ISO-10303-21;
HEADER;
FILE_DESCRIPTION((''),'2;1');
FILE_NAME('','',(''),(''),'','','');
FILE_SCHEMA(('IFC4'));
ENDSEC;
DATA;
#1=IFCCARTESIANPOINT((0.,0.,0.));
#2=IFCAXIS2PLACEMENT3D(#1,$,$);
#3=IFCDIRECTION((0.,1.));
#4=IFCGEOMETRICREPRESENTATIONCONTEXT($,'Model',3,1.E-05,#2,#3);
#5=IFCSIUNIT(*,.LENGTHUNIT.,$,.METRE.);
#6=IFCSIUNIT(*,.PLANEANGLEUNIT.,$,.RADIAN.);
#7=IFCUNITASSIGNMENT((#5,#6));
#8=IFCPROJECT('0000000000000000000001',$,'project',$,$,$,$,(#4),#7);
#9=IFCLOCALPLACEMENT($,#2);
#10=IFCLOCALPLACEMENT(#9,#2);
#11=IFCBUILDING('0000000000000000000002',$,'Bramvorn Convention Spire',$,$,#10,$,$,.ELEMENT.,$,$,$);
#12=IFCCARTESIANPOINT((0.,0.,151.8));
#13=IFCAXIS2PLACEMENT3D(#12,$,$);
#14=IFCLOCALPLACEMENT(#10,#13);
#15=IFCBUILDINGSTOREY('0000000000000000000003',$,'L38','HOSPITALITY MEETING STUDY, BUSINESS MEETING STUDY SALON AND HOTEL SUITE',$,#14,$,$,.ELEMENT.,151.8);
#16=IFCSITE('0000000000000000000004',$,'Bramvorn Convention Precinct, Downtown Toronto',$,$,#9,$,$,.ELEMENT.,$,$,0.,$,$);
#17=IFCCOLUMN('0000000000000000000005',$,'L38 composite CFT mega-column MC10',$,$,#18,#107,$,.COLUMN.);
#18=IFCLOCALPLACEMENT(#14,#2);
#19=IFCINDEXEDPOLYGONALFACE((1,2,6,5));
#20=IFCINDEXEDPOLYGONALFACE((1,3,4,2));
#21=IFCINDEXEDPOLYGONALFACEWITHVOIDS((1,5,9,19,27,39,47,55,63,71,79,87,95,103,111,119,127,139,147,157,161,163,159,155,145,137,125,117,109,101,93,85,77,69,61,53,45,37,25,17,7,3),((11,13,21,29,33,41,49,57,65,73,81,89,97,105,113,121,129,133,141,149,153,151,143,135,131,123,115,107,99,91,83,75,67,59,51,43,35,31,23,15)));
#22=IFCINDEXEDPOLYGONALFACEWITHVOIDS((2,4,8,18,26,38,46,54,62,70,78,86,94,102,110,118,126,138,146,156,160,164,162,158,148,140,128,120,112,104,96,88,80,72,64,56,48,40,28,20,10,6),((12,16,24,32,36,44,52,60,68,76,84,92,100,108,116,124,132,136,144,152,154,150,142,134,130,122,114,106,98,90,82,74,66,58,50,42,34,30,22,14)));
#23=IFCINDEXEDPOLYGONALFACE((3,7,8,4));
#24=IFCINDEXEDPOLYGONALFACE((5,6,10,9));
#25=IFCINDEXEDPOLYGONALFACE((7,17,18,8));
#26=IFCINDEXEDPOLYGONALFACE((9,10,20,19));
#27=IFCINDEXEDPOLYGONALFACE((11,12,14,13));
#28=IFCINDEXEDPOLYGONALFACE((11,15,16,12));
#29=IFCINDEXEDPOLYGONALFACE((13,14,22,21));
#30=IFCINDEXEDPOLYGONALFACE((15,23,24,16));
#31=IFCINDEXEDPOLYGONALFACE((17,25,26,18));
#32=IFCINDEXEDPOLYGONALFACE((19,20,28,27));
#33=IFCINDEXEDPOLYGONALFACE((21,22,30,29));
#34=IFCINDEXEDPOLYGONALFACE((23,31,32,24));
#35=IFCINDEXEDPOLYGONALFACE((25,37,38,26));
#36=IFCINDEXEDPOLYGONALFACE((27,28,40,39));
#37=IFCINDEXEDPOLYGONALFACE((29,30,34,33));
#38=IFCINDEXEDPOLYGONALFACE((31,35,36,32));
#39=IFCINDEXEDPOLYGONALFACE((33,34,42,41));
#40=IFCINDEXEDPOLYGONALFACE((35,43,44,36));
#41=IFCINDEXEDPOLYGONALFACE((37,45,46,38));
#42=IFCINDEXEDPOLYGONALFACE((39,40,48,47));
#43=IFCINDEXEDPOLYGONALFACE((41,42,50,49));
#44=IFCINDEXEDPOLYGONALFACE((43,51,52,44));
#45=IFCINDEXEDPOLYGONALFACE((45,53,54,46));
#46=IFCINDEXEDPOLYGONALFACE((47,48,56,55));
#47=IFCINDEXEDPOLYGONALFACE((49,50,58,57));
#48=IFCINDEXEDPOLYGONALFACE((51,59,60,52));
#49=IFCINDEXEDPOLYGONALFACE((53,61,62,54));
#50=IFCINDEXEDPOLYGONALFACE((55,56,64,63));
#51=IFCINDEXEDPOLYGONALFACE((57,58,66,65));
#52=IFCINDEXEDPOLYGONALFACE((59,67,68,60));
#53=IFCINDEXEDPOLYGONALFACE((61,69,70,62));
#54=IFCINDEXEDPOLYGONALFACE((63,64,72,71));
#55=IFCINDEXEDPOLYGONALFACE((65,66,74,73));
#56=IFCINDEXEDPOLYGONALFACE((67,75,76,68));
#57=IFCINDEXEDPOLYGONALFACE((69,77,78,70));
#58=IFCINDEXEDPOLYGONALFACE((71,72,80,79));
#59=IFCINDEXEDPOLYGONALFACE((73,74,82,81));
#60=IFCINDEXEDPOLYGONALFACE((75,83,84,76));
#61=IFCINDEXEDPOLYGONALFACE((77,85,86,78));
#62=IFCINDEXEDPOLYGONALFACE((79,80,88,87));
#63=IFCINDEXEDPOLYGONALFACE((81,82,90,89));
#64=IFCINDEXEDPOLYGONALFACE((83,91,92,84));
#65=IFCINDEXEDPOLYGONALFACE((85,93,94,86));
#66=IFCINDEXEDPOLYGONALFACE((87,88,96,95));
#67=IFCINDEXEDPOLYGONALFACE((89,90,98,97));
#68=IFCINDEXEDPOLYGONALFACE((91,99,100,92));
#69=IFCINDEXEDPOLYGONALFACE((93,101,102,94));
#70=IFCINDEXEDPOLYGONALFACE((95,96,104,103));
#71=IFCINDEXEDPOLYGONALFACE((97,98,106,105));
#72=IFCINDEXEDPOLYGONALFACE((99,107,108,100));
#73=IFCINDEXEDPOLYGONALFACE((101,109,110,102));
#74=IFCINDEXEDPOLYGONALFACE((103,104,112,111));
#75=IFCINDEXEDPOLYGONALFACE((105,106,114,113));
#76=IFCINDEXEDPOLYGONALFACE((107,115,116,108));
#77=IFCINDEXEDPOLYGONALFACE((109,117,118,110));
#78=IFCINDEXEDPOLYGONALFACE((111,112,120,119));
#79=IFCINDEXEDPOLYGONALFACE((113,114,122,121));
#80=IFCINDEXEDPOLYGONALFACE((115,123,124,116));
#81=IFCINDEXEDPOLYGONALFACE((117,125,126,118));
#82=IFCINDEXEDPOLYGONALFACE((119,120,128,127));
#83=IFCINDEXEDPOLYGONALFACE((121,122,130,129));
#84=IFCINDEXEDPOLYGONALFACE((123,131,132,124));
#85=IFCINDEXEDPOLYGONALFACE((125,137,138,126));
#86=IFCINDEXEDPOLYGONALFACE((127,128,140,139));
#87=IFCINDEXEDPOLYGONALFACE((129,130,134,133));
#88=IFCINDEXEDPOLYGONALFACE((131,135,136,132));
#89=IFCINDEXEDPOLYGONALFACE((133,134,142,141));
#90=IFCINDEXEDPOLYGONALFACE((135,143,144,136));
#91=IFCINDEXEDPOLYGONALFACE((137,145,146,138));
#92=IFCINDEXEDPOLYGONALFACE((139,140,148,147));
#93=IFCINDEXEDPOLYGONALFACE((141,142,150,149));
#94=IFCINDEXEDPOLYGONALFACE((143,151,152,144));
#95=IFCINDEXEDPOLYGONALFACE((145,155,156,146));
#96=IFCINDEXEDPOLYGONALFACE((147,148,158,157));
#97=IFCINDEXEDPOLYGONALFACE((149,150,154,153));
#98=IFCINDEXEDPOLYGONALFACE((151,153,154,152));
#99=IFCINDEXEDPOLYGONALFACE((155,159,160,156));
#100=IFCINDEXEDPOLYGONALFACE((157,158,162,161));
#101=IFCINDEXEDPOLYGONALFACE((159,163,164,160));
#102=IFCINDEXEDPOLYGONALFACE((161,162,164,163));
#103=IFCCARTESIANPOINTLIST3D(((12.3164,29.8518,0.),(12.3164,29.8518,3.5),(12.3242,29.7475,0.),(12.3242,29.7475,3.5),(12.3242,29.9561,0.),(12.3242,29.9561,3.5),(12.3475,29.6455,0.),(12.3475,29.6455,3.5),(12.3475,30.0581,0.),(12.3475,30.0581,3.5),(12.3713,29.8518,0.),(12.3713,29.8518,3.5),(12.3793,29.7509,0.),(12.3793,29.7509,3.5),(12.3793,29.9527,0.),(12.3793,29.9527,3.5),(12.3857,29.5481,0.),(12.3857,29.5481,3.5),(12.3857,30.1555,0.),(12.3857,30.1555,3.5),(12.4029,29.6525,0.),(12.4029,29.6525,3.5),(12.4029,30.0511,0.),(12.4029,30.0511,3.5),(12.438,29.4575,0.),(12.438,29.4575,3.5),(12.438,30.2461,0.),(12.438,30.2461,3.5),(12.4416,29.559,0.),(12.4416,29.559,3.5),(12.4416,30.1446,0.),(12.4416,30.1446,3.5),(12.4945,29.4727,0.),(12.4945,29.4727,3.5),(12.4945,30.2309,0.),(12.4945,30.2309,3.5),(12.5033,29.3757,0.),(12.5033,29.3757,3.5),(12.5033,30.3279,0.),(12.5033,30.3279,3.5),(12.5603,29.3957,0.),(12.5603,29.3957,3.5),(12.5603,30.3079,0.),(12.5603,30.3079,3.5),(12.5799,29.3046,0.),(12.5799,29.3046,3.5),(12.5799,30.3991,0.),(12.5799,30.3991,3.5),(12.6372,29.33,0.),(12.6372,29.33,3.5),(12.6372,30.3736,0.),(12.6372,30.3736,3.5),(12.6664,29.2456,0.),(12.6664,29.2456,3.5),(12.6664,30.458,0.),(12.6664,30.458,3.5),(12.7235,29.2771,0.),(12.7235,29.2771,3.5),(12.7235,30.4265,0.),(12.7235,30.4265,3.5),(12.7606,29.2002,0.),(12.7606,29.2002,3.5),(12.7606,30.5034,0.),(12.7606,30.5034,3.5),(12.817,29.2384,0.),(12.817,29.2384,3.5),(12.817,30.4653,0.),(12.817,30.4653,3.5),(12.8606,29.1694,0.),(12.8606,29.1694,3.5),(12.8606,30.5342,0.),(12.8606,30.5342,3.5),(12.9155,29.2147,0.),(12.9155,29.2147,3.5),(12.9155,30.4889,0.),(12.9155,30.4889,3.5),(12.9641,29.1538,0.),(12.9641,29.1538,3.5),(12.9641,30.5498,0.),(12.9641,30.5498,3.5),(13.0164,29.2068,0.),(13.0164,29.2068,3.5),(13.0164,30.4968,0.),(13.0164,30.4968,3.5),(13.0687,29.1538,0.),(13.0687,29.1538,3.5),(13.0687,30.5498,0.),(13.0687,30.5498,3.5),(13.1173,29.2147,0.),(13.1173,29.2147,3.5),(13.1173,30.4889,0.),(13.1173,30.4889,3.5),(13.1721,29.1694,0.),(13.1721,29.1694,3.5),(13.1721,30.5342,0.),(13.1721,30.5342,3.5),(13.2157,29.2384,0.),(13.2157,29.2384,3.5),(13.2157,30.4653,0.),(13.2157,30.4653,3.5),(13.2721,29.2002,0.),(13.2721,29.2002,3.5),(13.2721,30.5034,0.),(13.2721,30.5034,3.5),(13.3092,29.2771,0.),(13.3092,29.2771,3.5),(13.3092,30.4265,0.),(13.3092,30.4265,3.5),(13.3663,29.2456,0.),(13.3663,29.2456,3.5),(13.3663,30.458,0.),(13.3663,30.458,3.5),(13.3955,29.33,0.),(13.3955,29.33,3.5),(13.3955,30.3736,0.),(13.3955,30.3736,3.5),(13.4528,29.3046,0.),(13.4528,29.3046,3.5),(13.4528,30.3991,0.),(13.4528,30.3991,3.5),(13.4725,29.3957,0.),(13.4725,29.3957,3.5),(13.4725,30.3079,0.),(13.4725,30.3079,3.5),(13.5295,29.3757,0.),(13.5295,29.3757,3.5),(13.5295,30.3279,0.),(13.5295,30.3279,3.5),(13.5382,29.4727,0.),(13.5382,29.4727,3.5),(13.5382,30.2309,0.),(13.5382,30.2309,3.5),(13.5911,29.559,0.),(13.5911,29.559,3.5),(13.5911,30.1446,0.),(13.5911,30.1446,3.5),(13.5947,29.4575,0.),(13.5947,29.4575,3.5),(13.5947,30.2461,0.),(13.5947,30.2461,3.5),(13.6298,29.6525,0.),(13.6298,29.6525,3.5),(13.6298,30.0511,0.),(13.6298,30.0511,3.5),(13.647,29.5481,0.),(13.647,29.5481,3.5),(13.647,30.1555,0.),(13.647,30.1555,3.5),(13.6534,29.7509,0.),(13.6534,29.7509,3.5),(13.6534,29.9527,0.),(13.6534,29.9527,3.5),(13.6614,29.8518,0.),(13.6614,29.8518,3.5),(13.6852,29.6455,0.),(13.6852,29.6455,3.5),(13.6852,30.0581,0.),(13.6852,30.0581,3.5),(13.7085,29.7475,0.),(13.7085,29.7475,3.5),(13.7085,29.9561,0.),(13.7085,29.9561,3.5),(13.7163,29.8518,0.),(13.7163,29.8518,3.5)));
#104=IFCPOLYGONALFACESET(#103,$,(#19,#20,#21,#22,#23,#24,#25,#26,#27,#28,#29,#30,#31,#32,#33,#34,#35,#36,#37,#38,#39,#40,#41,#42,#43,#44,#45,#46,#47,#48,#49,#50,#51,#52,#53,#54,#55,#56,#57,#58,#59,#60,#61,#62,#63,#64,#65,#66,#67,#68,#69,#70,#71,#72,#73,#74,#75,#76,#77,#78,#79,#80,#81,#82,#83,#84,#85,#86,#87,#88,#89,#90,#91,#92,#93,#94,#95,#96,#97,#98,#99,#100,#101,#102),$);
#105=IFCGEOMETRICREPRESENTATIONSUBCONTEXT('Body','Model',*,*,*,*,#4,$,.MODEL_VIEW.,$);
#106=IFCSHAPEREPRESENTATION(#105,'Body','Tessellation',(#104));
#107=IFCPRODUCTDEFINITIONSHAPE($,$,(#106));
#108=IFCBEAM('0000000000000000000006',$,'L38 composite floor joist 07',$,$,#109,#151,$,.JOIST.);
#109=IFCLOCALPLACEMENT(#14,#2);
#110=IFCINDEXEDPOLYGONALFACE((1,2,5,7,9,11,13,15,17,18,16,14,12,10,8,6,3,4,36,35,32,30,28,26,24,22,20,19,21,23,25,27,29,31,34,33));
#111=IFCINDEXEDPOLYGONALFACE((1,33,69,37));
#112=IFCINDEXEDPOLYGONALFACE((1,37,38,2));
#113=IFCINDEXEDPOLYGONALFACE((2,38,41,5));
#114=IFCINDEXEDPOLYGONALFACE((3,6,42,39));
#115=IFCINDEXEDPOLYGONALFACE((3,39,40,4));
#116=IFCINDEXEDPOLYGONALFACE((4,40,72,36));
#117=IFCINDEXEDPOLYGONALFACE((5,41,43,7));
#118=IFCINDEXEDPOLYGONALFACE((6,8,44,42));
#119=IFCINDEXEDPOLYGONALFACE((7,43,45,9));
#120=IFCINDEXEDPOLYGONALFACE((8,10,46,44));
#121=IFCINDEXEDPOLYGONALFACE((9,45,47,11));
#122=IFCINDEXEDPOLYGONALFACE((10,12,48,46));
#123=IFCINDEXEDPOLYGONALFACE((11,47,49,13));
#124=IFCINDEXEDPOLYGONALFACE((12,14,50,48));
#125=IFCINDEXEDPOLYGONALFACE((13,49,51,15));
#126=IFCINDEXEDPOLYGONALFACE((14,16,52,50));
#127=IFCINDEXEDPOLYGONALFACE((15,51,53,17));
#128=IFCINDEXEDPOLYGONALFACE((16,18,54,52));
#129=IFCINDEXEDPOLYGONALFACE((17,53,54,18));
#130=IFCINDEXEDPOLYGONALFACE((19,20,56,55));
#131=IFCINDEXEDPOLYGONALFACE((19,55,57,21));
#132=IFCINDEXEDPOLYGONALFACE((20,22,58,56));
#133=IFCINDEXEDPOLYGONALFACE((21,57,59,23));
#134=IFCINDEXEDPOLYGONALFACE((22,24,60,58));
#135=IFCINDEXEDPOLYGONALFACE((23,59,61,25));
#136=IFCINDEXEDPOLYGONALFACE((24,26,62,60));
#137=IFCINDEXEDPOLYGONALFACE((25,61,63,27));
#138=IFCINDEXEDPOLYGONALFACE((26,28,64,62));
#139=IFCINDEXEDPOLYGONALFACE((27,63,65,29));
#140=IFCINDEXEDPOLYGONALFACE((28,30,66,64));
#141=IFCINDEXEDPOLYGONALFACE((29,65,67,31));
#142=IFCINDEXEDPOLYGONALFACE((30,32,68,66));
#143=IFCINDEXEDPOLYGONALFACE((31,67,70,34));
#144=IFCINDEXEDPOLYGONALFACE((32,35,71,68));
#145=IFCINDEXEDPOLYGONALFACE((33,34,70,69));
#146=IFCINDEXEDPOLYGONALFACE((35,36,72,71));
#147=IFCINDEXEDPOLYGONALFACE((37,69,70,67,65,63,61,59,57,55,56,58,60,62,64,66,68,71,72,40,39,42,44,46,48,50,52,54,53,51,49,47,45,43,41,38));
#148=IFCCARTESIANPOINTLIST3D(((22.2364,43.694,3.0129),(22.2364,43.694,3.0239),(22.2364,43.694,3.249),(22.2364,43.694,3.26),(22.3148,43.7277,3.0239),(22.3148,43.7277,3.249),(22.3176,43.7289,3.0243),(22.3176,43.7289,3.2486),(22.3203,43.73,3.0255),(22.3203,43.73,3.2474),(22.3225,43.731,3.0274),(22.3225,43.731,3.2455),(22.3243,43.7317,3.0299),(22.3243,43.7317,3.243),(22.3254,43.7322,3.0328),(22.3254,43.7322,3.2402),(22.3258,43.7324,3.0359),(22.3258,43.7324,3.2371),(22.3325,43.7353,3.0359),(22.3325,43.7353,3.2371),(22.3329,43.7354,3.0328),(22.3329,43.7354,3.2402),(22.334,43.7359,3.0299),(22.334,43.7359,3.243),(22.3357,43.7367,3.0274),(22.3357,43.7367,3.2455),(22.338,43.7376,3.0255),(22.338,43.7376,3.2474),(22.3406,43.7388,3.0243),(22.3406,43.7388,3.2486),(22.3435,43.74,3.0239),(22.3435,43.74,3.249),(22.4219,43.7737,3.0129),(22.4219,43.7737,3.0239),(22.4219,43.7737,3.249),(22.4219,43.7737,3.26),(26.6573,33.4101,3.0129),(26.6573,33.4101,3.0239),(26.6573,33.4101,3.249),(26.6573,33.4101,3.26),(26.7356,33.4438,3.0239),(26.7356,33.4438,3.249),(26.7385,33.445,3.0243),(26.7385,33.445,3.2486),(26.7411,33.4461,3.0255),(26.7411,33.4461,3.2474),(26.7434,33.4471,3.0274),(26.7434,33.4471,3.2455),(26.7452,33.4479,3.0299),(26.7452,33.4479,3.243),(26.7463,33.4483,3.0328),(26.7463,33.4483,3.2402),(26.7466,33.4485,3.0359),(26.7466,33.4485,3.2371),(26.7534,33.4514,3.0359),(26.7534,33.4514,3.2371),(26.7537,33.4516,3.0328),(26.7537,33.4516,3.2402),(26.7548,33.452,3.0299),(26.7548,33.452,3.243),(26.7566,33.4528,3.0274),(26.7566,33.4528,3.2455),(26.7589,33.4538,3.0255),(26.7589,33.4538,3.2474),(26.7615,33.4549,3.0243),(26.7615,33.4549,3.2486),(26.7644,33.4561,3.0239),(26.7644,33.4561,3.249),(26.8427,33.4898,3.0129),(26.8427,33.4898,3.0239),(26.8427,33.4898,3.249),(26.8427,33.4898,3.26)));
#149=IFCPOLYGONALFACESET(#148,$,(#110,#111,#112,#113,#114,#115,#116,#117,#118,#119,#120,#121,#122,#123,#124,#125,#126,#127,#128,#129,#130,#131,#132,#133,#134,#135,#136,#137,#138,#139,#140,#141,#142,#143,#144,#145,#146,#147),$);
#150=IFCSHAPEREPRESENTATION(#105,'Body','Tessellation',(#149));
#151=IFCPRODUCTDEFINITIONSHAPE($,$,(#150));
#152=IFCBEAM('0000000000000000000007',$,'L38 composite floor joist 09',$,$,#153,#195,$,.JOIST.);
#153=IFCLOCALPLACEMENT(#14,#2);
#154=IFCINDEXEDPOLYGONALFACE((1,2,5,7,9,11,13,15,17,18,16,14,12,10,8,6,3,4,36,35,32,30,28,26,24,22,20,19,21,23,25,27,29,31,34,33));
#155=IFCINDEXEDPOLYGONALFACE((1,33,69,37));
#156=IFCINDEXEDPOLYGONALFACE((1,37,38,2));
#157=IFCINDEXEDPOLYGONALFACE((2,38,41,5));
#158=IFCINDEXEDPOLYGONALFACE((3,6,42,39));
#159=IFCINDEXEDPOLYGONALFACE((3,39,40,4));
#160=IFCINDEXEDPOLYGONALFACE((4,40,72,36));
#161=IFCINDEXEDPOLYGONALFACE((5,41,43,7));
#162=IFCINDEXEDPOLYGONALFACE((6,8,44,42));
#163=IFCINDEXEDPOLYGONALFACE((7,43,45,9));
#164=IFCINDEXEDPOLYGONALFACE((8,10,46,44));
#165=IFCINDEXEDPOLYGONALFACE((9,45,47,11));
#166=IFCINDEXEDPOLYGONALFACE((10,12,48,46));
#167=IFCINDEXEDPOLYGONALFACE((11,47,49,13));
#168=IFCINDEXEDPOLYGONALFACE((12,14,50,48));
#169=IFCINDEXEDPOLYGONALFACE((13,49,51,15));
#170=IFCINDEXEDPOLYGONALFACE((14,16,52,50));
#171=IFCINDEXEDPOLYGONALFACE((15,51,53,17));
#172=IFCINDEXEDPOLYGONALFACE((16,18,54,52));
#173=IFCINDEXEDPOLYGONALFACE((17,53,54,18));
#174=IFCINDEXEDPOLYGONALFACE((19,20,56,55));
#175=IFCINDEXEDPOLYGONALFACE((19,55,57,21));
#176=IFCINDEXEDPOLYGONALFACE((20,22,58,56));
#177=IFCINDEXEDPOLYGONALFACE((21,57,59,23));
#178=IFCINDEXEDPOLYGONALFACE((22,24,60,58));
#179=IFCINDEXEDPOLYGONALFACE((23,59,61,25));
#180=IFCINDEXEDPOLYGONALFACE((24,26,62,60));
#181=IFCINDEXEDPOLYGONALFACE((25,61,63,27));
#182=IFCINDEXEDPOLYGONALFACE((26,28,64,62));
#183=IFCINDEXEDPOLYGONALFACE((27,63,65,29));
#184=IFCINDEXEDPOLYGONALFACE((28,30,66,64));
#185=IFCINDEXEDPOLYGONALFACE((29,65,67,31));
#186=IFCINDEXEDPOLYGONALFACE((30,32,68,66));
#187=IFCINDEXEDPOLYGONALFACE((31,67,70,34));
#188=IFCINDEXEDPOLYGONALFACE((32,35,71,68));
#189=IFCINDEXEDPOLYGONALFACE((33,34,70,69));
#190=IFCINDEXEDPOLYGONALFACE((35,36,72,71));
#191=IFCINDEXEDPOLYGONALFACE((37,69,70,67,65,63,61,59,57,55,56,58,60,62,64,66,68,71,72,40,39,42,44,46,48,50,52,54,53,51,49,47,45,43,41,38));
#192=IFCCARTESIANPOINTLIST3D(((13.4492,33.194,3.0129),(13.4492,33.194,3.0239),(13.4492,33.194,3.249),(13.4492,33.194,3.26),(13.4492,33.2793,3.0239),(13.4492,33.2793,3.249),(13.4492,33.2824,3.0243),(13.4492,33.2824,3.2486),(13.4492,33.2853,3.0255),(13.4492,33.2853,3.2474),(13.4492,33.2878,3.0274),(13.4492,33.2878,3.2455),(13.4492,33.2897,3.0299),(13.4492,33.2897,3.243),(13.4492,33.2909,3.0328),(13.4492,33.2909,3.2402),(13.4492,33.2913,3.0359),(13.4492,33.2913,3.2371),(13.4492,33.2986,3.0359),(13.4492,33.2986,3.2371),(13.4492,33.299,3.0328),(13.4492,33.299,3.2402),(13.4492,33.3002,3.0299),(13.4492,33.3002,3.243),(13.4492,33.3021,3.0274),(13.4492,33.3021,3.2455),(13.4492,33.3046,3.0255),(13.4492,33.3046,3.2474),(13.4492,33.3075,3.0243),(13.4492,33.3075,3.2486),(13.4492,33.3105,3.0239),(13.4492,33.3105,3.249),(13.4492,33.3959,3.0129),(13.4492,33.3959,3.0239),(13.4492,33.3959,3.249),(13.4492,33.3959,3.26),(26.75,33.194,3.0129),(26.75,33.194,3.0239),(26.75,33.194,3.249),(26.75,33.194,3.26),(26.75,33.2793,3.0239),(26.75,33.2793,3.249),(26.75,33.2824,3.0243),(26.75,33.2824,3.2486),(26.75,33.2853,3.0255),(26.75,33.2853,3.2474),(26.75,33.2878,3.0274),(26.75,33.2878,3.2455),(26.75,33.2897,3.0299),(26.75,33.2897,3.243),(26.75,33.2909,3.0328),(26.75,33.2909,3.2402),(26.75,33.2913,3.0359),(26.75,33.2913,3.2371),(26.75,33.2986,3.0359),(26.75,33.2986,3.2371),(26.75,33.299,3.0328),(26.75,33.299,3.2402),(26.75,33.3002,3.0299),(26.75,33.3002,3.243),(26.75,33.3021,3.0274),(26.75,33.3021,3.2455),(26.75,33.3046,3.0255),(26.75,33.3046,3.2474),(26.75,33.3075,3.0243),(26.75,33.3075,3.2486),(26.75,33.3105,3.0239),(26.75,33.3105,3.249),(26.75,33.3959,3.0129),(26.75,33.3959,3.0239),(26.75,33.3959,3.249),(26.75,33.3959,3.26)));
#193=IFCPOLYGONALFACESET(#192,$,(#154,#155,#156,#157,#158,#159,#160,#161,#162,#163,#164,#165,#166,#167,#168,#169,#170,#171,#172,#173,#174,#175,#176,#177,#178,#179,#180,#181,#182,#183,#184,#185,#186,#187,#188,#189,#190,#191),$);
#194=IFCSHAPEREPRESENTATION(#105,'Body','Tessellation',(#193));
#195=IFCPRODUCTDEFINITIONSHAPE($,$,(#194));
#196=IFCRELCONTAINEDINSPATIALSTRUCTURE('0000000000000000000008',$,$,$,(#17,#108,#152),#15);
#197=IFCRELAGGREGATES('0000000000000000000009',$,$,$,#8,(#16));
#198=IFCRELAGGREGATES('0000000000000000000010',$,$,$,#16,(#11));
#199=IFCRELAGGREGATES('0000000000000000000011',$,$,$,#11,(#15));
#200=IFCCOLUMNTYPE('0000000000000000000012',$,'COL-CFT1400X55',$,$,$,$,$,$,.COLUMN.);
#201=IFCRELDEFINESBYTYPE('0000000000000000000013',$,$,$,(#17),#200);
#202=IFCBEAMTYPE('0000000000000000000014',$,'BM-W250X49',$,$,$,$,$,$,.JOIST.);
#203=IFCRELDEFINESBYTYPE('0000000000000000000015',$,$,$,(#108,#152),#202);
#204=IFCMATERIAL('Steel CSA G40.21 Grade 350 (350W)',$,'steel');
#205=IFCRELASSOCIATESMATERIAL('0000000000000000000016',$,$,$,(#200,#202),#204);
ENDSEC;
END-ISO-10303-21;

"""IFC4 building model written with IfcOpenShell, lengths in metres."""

from ifc_helpers import new_model, si_unit, direction, frame, origin, origin_2d, place, context, subcontext, project, spatial, hollow_circle, i_section, extrude, material, material_profile, profile_set, type_object, element, save


model = new_model("IFC4")

# Units and contexts
model_context = context("Model", 3, precision=1e-05, world=origin(), true_north=direction((0.0, 1.0)))
body_context = subcontext(model_context, "Body", "Model", "MODEL_VIEW")
ifc_project = project(units=[si_unit("LENGTHUNIT", "METRE"), si_unit("PLANEANGLEUNIT", "RADIAN")], contexts=[model_context])

# Site, building, storey
site_placement = place(None, origin())
site = spatial("IfcSite", under=ifc_project, at=site_placement, Name="Bramvorn Convention Precinct, Downtown Toronto", CompositionType="ELEMENT", RefElevation=0.0)
building_placement = place(site_placement, origin())
building = spatial("IfcBuilding", under=site, at=building_placement, Name="Bramvorn Convention Spire", CompositionType="ELEMENT")
storey_placement = place(building_placement, frame((0.0, 0.0, 151.8)))
storey = spatial("IfcBuildingStorey", under=building, at=storey_placement, Name="L38", Description="HOSPITALITY MEETING STUDY, BUSINESS MEETING STUDY SALON AND HOTEL SUITE", CompositionType="ELEMENT", Elevation=151.8)

# Column
ifc_material_1 = material(Name="Steel CSA G40.21 Grade 350 (350W)", Category="steel")
ifc_material_profile_1 = material_profile(ifc_material_1, hollow_circle(Radius=0.7, WallThickness=0.0549, at=origin_2d()))
ifc_profile_set_1 = profile_set([ifc_material_profile_1], Name="Steel CSA G40.21 Grade 350 (350W) - CFT1400X55")
column_type = type_object("IfcColumnType", Name="COL-CFT1400X55", PredefinedType="COLUMN", material=ifc_profile_set_1)
column_placement = place(storey_placement, frame((13.0164, 29.8518, 0.0), z_axis=(0.0, 0.0, 1.0), x_axis=(1.0, 0.0, 0.0)))
element("IfcColumn", 1, at=column_placement, inside=storey, type_object=column_type, Name="L38 composite CFT mega-column MC10", PredefinedType="COLUMN", context=body_context, shape_type="SweptSolid", body=[
    extrude(hollow_circle(Radius=0.7, WallThickness=0.0549, at=origin_2d()), origin(), (0.0, 0.0, 1.0), 3.5),
])

# Beams
ifc_material_profile_2 = material_profile(ifc_material_1, i_section(OverallWidth=0.2019, OverallDepth=0.2471, WebThickness=0.0073, FlangeThickness=0.011, FilletRadius=0.012, at=origin_2d()))
ifc_profile_set_2 = profile_set([ifc_material_profile_2], Name="Steel CSA G40.21 Grade 350 (350W) - W250X49")
beam_type_1 = type_object("IfcBeamType", Name="BM-W250X49", PredefinedType="JOIST", material=ifc_profile_set_2)
beam_1_placement = place(storey_placement, frame((26.75, 33.45, 3.1365), z_axis=(-0.394938, 0.918708, 0.0), x_axis=(-0.918708, -0.394938, 0.0)))
element("IfcBeam", 2, at=beam_1_placement, inside=storey, type_object=beam_type_1, Name="L38 composite floor joist 07", PredefinedType="JOIST", context=body_context, shape_type="SweptSolid", body=[
    extrude(i_section(OverallWidth=0.2019, OverallDepth=0.2471, WebThickness=0.0073, FlangeThickness=0.011, FilletRadius=0.012, at=origin_2d()), origin(), (0.0, 0.0, 1.0), 11.1938),
])
beam_2_placement = place(storey_placement, frame((26.75, 33.2949, 3.1365), z_axis=(-1.0, 0.0, 0.0), x_axis=(0.0, -1.0, 0.0)))
element("IfcBeam", 3, at=beam_2_placement, inside=storey, type_object=beam_type_1, Name="L38 composite floor joist 09", PredefinedType="JOIST", context=body_context, shape_type="SweptSolid", body=[
    extrude(i_section(OverallWidth=0.2019, OverallDepth=0.2471, WebThickness=0.0073, FlangeThickness=0.011, FilletRadius=0.012, at=origin_2d()), origin(), (0.0, 0.0, 1.0), 13.3008),
])

save(model, "model.ifc")
